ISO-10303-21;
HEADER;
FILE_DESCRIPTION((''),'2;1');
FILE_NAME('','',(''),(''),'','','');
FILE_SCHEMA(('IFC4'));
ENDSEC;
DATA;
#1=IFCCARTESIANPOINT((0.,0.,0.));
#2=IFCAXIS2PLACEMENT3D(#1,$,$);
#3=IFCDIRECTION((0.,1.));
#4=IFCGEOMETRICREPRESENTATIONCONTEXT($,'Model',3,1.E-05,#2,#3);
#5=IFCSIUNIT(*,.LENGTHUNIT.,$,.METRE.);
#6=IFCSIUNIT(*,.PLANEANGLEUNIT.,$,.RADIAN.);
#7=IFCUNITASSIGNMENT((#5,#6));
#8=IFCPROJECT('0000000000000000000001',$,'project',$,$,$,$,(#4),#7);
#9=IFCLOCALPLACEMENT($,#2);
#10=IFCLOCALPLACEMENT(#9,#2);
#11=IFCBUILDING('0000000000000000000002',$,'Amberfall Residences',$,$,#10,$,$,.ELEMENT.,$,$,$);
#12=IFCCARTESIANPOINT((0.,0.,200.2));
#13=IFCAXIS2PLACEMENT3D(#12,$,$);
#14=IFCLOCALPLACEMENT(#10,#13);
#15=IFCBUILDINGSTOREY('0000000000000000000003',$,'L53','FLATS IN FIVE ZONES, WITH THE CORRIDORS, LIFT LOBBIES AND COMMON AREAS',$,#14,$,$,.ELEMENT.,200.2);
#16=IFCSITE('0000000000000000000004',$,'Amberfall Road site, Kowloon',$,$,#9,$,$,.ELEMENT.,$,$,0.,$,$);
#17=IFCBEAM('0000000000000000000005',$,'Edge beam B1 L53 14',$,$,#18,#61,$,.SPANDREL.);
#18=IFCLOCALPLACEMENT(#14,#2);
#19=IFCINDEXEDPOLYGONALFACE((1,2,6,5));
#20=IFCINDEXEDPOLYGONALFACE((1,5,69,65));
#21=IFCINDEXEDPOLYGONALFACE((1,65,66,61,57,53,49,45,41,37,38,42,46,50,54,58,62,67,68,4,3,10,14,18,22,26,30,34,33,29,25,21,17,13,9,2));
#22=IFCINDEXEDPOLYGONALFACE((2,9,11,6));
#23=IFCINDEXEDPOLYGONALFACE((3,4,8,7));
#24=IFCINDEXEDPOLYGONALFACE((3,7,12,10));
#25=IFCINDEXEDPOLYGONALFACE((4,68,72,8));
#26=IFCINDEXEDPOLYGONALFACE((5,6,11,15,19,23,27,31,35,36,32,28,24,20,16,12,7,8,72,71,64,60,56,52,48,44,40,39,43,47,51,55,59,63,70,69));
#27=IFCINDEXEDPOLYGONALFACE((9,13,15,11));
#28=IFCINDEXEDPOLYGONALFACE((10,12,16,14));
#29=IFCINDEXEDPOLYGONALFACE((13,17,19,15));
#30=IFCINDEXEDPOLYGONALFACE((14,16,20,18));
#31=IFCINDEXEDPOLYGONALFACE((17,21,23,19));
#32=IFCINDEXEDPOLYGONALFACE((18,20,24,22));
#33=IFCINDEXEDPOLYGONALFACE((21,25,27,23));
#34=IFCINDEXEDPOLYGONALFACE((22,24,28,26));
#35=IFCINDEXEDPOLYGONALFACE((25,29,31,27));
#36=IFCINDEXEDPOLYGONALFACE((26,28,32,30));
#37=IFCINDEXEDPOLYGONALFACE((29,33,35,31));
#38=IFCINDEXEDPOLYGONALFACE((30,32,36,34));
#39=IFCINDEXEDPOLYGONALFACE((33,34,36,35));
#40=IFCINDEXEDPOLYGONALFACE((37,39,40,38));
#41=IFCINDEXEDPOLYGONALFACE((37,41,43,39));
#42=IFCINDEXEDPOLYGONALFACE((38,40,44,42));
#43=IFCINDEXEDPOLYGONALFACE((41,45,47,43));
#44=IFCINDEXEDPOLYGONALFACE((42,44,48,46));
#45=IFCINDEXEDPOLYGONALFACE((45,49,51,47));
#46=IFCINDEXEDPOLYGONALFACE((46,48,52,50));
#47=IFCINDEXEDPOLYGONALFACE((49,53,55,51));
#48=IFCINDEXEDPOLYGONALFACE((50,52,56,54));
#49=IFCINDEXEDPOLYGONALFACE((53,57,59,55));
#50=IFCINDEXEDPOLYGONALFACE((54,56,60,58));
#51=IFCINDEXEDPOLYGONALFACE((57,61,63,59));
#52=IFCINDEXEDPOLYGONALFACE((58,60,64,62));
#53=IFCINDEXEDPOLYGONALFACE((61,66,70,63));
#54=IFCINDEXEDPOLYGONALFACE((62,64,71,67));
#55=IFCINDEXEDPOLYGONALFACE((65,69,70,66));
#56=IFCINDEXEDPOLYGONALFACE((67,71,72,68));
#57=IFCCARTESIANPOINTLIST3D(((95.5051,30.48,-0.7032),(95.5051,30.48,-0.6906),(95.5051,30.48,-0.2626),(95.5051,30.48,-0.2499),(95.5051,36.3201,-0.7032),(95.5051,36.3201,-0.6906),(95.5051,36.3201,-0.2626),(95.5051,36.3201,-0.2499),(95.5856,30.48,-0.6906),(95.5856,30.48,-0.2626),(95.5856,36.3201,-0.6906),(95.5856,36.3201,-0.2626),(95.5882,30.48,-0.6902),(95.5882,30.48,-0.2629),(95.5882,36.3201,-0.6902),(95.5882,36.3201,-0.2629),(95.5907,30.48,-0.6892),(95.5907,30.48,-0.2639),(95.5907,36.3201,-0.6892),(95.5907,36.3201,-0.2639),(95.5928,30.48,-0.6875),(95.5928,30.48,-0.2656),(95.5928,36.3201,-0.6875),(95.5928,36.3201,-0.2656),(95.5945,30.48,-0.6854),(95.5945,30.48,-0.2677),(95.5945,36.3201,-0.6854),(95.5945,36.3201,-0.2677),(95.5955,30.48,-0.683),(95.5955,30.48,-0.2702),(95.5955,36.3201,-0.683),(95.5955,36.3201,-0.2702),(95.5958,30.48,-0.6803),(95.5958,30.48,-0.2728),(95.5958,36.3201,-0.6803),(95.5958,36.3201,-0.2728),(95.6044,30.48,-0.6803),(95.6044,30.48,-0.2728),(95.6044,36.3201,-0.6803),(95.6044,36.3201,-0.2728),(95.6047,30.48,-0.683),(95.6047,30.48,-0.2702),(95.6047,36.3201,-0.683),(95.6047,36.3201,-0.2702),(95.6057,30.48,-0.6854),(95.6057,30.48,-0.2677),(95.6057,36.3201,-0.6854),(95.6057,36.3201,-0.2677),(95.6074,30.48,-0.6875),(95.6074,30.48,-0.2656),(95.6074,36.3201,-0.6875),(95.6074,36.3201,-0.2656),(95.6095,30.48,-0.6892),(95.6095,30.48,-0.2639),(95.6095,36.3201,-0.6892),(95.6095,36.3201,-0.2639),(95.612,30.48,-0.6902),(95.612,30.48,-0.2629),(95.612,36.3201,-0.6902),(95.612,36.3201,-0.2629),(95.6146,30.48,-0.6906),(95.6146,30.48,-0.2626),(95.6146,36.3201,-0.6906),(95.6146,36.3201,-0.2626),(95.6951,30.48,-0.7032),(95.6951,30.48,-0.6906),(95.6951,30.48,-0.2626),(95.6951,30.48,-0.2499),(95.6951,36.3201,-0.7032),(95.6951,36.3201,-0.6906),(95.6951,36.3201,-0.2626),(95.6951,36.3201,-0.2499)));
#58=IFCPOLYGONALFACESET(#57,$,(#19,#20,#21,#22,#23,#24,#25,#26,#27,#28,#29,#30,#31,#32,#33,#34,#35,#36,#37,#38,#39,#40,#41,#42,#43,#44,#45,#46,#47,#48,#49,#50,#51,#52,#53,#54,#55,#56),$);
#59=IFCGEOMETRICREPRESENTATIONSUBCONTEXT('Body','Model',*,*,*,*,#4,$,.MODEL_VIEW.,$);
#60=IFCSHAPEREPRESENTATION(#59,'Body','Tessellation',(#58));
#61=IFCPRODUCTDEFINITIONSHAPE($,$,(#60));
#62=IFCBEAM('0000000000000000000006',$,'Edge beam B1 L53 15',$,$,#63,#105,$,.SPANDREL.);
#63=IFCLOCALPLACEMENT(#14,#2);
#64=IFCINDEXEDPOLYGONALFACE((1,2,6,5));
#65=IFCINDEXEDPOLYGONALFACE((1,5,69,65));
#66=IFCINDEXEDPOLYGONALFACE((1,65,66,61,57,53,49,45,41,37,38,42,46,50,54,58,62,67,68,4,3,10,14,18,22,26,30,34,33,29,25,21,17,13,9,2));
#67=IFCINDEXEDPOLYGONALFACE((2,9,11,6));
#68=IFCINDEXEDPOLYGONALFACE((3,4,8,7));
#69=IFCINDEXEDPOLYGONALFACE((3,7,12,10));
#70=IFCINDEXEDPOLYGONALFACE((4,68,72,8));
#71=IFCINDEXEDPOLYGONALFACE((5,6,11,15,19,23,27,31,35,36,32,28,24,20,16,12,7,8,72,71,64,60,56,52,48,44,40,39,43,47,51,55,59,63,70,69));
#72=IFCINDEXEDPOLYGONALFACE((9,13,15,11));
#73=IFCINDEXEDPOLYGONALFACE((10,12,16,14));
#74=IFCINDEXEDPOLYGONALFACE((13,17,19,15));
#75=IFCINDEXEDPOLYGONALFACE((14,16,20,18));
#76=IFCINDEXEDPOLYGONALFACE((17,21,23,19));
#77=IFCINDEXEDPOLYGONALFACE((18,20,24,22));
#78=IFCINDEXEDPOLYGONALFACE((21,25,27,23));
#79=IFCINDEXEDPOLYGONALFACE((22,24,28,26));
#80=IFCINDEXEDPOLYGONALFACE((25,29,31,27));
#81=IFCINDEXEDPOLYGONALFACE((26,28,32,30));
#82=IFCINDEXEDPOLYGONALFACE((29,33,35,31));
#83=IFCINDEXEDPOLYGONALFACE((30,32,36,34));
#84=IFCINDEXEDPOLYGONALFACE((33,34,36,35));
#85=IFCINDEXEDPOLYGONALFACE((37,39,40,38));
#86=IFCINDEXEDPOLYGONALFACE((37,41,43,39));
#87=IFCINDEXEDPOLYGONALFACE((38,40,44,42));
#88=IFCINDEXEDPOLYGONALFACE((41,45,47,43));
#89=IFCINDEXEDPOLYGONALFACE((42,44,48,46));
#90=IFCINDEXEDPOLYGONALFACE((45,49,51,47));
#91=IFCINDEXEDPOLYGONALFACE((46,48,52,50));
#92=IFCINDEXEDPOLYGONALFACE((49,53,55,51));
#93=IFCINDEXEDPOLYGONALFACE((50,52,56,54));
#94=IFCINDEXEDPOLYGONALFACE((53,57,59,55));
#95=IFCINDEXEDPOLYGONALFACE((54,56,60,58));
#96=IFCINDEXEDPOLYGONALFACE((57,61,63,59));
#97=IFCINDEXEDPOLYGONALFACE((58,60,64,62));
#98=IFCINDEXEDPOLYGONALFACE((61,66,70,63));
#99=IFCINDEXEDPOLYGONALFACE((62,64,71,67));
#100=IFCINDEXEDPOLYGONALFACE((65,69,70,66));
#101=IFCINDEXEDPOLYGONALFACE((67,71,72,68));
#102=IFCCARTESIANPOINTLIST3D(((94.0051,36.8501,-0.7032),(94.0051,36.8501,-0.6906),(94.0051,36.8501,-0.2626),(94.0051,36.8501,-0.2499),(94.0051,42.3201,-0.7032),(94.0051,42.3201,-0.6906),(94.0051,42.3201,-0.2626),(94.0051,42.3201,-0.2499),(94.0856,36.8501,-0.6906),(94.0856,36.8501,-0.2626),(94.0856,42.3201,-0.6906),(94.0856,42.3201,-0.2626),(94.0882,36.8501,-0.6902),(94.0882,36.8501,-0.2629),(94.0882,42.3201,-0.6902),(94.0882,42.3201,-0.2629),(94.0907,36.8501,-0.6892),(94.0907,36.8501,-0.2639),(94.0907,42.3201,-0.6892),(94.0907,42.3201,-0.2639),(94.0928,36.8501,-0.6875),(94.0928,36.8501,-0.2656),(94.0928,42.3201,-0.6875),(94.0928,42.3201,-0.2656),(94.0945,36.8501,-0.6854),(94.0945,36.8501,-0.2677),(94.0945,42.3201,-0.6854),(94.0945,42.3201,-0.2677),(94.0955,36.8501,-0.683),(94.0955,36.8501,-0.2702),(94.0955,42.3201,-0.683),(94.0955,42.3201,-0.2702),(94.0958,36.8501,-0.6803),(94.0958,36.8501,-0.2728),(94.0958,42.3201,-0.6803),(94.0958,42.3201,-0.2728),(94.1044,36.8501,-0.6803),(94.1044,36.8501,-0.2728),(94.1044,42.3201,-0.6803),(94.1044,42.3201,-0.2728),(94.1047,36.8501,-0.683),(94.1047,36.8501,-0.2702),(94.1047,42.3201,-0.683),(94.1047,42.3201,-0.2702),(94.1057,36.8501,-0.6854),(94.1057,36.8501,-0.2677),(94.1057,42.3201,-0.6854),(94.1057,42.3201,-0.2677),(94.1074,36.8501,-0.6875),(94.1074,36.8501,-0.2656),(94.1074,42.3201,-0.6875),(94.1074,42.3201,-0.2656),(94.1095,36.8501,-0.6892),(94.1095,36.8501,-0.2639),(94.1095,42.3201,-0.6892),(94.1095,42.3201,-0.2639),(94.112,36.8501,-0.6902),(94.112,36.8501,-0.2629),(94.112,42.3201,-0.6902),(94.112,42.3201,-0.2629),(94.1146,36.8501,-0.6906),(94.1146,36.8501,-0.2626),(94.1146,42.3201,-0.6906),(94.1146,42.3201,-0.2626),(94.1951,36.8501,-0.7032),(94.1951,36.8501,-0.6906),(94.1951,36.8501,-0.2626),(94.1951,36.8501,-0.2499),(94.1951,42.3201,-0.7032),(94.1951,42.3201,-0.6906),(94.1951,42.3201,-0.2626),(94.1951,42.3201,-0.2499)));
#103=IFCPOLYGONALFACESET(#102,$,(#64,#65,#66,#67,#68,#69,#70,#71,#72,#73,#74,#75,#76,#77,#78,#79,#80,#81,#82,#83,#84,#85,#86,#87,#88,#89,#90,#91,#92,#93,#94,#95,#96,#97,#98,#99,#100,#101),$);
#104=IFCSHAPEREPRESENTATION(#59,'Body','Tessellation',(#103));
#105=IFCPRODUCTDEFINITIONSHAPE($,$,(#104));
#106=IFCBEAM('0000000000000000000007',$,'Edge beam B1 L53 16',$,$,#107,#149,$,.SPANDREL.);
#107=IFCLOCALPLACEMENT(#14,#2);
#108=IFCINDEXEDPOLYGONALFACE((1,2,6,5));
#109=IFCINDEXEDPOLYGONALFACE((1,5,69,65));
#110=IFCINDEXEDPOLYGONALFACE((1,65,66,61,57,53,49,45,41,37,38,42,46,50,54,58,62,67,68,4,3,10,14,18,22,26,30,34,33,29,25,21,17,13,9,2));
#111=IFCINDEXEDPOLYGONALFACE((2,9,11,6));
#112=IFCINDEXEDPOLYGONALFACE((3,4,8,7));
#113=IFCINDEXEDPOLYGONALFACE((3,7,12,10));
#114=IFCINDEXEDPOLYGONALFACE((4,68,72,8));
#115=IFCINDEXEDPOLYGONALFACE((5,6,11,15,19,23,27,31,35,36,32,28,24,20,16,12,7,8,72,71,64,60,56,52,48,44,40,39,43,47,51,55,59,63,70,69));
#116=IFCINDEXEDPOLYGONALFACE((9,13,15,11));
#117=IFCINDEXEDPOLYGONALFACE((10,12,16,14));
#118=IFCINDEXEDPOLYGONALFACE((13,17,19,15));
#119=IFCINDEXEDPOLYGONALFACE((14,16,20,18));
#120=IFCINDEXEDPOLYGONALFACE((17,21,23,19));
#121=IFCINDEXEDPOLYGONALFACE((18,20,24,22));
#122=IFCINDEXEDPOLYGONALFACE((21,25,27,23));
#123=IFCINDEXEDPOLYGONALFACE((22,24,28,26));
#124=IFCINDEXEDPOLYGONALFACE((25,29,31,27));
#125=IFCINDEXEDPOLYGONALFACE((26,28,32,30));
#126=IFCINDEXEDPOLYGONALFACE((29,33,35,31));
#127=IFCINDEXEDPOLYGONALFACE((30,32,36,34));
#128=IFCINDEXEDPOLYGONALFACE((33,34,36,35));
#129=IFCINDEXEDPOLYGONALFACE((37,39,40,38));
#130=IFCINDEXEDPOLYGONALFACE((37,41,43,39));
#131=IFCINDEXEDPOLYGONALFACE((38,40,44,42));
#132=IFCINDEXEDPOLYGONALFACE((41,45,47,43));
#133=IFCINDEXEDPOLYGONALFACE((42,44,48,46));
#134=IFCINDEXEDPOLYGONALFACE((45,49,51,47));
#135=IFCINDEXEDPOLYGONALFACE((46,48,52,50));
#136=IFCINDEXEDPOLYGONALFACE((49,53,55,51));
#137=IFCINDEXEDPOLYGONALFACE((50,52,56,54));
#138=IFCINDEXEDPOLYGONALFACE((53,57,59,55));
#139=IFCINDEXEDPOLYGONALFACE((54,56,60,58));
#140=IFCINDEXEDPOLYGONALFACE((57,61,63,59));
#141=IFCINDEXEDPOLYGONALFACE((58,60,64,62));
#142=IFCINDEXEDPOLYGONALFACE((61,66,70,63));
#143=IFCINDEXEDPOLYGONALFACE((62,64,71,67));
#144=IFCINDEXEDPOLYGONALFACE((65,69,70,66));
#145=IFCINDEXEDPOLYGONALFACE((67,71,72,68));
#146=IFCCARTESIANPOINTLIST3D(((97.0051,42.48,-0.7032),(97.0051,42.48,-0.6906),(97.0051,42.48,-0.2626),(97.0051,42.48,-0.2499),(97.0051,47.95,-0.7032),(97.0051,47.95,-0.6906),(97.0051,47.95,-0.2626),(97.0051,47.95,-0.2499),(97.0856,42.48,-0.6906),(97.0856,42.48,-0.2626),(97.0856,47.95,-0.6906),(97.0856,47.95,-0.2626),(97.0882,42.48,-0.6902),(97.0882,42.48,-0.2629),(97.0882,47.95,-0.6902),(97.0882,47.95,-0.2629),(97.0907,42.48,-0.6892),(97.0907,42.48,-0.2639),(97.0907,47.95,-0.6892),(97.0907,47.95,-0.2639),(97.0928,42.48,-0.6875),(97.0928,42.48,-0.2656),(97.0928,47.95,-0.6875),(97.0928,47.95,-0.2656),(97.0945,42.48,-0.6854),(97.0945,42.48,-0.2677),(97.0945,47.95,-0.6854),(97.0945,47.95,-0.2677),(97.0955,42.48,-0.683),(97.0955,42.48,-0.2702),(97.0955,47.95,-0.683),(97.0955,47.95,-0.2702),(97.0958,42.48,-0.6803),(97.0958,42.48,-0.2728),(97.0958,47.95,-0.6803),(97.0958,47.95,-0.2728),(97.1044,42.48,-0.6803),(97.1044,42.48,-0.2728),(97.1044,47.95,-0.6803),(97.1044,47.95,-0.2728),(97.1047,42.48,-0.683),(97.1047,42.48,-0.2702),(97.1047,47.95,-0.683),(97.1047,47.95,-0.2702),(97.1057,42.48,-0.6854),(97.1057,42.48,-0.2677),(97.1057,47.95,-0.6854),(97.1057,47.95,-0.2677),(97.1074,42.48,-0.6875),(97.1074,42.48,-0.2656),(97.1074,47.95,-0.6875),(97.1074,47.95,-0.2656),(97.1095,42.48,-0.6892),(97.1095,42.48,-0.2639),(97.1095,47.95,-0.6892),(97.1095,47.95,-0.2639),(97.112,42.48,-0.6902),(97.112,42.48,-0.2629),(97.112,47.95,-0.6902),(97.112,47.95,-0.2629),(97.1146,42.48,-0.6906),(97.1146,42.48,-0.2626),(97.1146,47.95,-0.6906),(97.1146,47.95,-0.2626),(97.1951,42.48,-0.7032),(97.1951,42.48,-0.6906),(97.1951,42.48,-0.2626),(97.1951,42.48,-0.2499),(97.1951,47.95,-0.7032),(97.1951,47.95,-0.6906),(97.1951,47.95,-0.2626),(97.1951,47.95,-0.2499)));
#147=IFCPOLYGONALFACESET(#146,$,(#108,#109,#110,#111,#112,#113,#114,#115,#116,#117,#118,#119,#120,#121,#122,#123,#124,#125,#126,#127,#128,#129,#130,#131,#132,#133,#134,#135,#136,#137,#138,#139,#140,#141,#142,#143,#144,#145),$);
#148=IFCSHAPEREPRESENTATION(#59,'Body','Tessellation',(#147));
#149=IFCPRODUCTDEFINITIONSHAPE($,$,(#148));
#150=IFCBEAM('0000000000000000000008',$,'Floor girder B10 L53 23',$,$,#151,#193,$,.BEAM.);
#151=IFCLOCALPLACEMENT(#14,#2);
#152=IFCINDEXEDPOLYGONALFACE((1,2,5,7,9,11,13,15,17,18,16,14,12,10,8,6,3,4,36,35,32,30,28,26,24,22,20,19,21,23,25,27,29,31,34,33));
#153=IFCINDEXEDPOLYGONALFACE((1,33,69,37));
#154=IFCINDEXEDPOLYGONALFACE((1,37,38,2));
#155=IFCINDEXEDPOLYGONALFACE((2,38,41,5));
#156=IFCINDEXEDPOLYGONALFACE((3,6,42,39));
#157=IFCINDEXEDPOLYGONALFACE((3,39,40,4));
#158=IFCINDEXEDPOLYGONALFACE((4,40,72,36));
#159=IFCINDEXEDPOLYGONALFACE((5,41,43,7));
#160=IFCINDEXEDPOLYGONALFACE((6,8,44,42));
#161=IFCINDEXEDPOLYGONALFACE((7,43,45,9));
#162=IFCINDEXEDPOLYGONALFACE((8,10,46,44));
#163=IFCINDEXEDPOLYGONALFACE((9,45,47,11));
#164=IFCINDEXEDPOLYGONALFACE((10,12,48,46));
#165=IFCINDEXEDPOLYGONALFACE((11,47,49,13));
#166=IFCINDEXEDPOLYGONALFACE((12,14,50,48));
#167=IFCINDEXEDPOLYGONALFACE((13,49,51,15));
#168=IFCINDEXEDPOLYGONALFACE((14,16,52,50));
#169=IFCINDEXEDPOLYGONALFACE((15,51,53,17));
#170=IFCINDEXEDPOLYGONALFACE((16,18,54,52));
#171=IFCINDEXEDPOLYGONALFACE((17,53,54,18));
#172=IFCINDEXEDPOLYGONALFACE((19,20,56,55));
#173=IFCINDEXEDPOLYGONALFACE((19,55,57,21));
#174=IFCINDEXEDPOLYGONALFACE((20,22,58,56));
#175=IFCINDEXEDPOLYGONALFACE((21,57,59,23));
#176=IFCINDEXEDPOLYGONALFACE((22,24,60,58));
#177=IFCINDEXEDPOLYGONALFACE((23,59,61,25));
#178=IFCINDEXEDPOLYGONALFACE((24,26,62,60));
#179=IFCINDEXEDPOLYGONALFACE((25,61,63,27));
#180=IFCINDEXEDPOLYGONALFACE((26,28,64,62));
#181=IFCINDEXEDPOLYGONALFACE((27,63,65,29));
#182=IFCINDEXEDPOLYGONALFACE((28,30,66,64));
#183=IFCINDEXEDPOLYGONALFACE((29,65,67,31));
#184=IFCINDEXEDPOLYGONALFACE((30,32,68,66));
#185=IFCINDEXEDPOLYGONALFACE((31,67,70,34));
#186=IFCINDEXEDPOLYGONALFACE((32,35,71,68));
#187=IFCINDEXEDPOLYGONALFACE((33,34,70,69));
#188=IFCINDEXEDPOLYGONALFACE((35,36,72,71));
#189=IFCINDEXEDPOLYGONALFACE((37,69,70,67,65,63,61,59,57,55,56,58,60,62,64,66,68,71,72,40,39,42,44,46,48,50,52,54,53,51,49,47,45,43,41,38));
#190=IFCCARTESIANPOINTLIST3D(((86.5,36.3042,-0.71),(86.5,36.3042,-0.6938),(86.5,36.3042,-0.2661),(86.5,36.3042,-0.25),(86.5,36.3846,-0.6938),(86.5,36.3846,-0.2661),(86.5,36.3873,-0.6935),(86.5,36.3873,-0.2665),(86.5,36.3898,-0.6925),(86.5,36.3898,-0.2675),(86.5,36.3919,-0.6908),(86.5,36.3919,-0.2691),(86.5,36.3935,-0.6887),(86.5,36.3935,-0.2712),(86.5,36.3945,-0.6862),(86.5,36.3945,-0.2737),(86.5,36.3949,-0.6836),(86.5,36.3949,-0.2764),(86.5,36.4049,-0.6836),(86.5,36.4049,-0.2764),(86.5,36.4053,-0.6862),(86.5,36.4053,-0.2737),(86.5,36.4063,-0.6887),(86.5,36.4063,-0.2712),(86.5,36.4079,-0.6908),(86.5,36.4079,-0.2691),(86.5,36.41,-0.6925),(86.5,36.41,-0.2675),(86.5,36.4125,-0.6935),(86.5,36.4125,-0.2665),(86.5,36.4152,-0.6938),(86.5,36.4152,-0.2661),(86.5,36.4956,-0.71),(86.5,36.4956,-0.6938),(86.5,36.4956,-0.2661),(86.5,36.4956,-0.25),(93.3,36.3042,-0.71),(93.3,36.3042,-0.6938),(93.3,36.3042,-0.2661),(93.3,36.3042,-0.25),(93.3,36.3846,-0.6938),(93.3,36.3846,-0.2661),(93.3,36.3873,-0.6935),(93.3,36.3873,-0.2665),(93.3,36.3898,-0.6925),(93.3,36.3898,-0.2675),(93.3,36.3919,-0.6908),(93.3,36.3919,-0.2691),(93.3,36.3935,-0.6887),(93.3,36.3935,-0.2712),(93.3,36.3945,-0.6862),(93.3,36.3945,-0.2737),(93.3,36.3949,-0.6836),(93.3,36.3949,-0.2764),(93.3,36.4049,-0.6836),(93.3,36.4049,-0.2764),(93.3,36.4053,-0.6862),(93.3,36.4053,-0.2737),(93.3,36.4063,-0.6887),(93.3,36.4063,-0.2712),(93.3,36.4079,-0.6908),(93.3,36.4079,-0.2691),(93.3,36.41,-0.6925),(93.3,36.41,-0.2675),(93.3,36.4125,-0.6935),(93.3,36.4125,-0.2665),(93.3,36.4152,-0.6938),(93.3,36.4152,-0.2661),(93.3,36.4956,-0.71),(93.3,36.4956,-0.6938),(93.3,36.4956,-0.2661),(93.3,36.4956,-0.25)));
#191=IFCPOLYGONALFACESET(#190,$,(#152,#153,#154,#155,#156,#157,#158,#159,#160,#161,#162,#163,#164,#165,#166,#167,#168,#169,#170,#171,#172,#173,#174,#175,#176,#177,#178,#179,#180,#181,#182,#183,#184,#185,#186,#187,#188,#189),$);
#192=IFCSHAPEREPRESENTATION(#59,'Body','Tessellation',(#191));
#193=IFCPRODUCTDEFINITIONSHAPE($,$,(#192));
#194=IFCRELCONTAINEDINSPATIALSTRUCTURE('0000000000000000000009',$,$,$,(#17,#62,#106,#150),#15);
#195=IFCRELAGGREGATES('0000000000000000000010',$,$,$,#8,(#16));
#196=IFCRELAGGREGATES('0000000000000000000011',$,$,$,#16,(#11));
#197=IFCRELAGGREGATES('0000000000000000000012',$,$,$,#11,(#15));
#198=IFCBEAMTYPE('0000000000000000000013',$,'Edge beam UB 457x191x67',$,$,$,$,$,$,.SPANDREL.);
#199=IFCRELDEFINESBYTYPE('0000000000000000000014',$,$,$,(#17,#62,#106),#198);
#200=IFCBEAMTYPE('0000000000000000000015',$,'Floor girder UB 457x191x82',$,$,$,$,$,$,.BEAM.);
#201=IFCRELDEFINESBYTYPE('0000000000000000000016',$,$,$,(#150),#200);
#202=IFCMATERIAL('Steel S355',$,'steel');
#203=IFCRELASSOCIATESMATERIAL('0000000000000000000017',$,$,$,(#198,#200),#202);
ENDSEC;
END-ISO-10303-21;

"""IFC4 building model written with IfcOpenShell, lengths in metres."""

from ifc_helpers import new_model, si_unit, direction, frame, origin, origin_2d, place, context, subcontext, project, spatial, i_section, extrude, material, material_profile, profile_set, type_object, element, save


model = new_model("IFC4")

# Units and contexts
model_context = context("Model", 3, precision=1e-05, world=origin(), true_north=direction((0.0, 1.0)))
body_context = subcontext(model_context, "Body", "Model", "MODEL_VIEW")
ifc_project = project(units=[si_unit("LENGTHUNIT", "METRE"), si_unit("PLANEANGLEUNIT", "RADIAN")], contexts=[model_context])

# Site, building, storey
site_placement = place(None, origin())
site = spatial("IfcSite", under=ifc_project, at=site_placement, Name="Amberfall Road site, Kowloon", CompositionType="ELEMENT", RefElevation=0.0)
building_placement = place(site_placement, origin())
building = spatial("IfcBuilding", under=site, at=building_placement, Name="Amberfall Residences", CompositionType="ELEMENT")
storey_placement = place(building_placement, frame((0.0, 0.0, 200.2)))
storey = spatial("IfcBuildingStorey", under=building, at=storey_placement, Name="L53", Description="FLATS IN FIVE ZONES, WITH THE CORRIDORS, LIFT LOBBIES AND COMMON AREAS", CompositionType="ELEMENT", Elevation=200.2)

# Beams
ifc_material_1 = material(Name="Steel S355", Category="steel")
ifc_material_profile_1 = material_profile(ifc_material_1, i_section(OverallWidth=0.1899, OverallDepth=0.4534, WebThickness=0.0085, FlangeThickness=0.0127, FilletRadius=0.0103, at=origin_2d()), Name="UB 457x191x67")
ifc_profile_set_1 = profile_set([ifc_material_profile_1], Name="Steel S355")
beam_type_1 = type_object("IfcBeamType", Name="Edge beam UB 457x191x67", PredefinedType="SPANDREL", material=ifc_profile_set_1)
beam_1_placement = place(storey_placement, frame((95.6001, 30.48, -0.4766), z_axis=(0.0, 1.0, 0.0), x_axis=(-1.0, 0.0, 0.0)))
element("IfcBeam", 1, at=beam_1_placement, inside=storey, type_object=beam_type_1, Name="Edge beam B1 L53 14", PredefinedType="SPANDREL", context=body_context, shape_type="SweptSolid", body=[
    extrude(i_section(OverallWidth=0.1899, OverallDepth=0.4534, WebThickness=0.0085, FlangeThickness=0.0127, FilletRadius=0.0103, at=origin_2d()), origin(), (0.0, 0.0, 1.0), 5.8401),
])
for number, where, z_axis, x_axis, name in (
    (2, (94.1001, 36.8501, -0.4766), (0.0, 1.0, 0.0), (-1.0, 0.0, 0.0), "Edge beam B1 L53 15"),
    (3, (97.1001, 42.48, -0.4766), (0.0, 1.0, 0.0), (-1.0, 0.0, 0.0), "Edge beam B1 L53 16"),
):
    element("IfcBeam", number, at=place(storey_placement, frame(where, z_axis=z_axis, x_axis=x_axis)), inside=storey, type_object=beam_type_1, Name=name, PredefinedType="SPANDREL", context=body_context, shape_type="SweptSolid", body=[
        extrude(i_section(OverallWidth=0.1899, OverallDepth=0.4534, WebThickness=0.0085, FlangeThickness=0.0127, FilletRadius=0.0103, at=origin_2d()), origin(), (0.0, 0.0, 1.0), 5.47),
    ])
ifc_material_profile_2 = material_profile(ifc_material_1, i_section(OverallWidth=0.1914, OverallDepth=0.46, WebThickness=0.01, FlangeThickness=0.0161, FilletRadius=0.0103, at=origin_2d()), Name="UB 457x191x82")
ifc_profile_set_2 = profile_set([ifc_material_profile_2], Name="Steel S355")
beam_type_2 = type_object("IfcBeamType", Name="Floor girder UB 457x191x82", PredefinedType="BEAM", material=ifc_profile_set_2)
beam_2_placement = place(storey_placement, frame((93.3, 36.3999, -0.48), z_axis=(-1.0, 0.0, 0.0), x_axis=(0.0, -1.0, 0.0)))
element("IfcBeam", 4, at=beam_2_placement, inside=storey, type_object=beam_type_2, Name="Floor girder B10 L53 23", PredefinedType="BEAM", context=body_context, shape_type="SweptSolid", body=[
    extrude(i_section(OverallWidth=0.1914, OverallDepth=0.46, WebThickness=0.01, FlangeThickness=0.0161, FilletRadius=0.0103, at=origin_2d()), origin(), (0.0, 0.0, 1.0), 6.8),
])

save(model, "model.ifc")
